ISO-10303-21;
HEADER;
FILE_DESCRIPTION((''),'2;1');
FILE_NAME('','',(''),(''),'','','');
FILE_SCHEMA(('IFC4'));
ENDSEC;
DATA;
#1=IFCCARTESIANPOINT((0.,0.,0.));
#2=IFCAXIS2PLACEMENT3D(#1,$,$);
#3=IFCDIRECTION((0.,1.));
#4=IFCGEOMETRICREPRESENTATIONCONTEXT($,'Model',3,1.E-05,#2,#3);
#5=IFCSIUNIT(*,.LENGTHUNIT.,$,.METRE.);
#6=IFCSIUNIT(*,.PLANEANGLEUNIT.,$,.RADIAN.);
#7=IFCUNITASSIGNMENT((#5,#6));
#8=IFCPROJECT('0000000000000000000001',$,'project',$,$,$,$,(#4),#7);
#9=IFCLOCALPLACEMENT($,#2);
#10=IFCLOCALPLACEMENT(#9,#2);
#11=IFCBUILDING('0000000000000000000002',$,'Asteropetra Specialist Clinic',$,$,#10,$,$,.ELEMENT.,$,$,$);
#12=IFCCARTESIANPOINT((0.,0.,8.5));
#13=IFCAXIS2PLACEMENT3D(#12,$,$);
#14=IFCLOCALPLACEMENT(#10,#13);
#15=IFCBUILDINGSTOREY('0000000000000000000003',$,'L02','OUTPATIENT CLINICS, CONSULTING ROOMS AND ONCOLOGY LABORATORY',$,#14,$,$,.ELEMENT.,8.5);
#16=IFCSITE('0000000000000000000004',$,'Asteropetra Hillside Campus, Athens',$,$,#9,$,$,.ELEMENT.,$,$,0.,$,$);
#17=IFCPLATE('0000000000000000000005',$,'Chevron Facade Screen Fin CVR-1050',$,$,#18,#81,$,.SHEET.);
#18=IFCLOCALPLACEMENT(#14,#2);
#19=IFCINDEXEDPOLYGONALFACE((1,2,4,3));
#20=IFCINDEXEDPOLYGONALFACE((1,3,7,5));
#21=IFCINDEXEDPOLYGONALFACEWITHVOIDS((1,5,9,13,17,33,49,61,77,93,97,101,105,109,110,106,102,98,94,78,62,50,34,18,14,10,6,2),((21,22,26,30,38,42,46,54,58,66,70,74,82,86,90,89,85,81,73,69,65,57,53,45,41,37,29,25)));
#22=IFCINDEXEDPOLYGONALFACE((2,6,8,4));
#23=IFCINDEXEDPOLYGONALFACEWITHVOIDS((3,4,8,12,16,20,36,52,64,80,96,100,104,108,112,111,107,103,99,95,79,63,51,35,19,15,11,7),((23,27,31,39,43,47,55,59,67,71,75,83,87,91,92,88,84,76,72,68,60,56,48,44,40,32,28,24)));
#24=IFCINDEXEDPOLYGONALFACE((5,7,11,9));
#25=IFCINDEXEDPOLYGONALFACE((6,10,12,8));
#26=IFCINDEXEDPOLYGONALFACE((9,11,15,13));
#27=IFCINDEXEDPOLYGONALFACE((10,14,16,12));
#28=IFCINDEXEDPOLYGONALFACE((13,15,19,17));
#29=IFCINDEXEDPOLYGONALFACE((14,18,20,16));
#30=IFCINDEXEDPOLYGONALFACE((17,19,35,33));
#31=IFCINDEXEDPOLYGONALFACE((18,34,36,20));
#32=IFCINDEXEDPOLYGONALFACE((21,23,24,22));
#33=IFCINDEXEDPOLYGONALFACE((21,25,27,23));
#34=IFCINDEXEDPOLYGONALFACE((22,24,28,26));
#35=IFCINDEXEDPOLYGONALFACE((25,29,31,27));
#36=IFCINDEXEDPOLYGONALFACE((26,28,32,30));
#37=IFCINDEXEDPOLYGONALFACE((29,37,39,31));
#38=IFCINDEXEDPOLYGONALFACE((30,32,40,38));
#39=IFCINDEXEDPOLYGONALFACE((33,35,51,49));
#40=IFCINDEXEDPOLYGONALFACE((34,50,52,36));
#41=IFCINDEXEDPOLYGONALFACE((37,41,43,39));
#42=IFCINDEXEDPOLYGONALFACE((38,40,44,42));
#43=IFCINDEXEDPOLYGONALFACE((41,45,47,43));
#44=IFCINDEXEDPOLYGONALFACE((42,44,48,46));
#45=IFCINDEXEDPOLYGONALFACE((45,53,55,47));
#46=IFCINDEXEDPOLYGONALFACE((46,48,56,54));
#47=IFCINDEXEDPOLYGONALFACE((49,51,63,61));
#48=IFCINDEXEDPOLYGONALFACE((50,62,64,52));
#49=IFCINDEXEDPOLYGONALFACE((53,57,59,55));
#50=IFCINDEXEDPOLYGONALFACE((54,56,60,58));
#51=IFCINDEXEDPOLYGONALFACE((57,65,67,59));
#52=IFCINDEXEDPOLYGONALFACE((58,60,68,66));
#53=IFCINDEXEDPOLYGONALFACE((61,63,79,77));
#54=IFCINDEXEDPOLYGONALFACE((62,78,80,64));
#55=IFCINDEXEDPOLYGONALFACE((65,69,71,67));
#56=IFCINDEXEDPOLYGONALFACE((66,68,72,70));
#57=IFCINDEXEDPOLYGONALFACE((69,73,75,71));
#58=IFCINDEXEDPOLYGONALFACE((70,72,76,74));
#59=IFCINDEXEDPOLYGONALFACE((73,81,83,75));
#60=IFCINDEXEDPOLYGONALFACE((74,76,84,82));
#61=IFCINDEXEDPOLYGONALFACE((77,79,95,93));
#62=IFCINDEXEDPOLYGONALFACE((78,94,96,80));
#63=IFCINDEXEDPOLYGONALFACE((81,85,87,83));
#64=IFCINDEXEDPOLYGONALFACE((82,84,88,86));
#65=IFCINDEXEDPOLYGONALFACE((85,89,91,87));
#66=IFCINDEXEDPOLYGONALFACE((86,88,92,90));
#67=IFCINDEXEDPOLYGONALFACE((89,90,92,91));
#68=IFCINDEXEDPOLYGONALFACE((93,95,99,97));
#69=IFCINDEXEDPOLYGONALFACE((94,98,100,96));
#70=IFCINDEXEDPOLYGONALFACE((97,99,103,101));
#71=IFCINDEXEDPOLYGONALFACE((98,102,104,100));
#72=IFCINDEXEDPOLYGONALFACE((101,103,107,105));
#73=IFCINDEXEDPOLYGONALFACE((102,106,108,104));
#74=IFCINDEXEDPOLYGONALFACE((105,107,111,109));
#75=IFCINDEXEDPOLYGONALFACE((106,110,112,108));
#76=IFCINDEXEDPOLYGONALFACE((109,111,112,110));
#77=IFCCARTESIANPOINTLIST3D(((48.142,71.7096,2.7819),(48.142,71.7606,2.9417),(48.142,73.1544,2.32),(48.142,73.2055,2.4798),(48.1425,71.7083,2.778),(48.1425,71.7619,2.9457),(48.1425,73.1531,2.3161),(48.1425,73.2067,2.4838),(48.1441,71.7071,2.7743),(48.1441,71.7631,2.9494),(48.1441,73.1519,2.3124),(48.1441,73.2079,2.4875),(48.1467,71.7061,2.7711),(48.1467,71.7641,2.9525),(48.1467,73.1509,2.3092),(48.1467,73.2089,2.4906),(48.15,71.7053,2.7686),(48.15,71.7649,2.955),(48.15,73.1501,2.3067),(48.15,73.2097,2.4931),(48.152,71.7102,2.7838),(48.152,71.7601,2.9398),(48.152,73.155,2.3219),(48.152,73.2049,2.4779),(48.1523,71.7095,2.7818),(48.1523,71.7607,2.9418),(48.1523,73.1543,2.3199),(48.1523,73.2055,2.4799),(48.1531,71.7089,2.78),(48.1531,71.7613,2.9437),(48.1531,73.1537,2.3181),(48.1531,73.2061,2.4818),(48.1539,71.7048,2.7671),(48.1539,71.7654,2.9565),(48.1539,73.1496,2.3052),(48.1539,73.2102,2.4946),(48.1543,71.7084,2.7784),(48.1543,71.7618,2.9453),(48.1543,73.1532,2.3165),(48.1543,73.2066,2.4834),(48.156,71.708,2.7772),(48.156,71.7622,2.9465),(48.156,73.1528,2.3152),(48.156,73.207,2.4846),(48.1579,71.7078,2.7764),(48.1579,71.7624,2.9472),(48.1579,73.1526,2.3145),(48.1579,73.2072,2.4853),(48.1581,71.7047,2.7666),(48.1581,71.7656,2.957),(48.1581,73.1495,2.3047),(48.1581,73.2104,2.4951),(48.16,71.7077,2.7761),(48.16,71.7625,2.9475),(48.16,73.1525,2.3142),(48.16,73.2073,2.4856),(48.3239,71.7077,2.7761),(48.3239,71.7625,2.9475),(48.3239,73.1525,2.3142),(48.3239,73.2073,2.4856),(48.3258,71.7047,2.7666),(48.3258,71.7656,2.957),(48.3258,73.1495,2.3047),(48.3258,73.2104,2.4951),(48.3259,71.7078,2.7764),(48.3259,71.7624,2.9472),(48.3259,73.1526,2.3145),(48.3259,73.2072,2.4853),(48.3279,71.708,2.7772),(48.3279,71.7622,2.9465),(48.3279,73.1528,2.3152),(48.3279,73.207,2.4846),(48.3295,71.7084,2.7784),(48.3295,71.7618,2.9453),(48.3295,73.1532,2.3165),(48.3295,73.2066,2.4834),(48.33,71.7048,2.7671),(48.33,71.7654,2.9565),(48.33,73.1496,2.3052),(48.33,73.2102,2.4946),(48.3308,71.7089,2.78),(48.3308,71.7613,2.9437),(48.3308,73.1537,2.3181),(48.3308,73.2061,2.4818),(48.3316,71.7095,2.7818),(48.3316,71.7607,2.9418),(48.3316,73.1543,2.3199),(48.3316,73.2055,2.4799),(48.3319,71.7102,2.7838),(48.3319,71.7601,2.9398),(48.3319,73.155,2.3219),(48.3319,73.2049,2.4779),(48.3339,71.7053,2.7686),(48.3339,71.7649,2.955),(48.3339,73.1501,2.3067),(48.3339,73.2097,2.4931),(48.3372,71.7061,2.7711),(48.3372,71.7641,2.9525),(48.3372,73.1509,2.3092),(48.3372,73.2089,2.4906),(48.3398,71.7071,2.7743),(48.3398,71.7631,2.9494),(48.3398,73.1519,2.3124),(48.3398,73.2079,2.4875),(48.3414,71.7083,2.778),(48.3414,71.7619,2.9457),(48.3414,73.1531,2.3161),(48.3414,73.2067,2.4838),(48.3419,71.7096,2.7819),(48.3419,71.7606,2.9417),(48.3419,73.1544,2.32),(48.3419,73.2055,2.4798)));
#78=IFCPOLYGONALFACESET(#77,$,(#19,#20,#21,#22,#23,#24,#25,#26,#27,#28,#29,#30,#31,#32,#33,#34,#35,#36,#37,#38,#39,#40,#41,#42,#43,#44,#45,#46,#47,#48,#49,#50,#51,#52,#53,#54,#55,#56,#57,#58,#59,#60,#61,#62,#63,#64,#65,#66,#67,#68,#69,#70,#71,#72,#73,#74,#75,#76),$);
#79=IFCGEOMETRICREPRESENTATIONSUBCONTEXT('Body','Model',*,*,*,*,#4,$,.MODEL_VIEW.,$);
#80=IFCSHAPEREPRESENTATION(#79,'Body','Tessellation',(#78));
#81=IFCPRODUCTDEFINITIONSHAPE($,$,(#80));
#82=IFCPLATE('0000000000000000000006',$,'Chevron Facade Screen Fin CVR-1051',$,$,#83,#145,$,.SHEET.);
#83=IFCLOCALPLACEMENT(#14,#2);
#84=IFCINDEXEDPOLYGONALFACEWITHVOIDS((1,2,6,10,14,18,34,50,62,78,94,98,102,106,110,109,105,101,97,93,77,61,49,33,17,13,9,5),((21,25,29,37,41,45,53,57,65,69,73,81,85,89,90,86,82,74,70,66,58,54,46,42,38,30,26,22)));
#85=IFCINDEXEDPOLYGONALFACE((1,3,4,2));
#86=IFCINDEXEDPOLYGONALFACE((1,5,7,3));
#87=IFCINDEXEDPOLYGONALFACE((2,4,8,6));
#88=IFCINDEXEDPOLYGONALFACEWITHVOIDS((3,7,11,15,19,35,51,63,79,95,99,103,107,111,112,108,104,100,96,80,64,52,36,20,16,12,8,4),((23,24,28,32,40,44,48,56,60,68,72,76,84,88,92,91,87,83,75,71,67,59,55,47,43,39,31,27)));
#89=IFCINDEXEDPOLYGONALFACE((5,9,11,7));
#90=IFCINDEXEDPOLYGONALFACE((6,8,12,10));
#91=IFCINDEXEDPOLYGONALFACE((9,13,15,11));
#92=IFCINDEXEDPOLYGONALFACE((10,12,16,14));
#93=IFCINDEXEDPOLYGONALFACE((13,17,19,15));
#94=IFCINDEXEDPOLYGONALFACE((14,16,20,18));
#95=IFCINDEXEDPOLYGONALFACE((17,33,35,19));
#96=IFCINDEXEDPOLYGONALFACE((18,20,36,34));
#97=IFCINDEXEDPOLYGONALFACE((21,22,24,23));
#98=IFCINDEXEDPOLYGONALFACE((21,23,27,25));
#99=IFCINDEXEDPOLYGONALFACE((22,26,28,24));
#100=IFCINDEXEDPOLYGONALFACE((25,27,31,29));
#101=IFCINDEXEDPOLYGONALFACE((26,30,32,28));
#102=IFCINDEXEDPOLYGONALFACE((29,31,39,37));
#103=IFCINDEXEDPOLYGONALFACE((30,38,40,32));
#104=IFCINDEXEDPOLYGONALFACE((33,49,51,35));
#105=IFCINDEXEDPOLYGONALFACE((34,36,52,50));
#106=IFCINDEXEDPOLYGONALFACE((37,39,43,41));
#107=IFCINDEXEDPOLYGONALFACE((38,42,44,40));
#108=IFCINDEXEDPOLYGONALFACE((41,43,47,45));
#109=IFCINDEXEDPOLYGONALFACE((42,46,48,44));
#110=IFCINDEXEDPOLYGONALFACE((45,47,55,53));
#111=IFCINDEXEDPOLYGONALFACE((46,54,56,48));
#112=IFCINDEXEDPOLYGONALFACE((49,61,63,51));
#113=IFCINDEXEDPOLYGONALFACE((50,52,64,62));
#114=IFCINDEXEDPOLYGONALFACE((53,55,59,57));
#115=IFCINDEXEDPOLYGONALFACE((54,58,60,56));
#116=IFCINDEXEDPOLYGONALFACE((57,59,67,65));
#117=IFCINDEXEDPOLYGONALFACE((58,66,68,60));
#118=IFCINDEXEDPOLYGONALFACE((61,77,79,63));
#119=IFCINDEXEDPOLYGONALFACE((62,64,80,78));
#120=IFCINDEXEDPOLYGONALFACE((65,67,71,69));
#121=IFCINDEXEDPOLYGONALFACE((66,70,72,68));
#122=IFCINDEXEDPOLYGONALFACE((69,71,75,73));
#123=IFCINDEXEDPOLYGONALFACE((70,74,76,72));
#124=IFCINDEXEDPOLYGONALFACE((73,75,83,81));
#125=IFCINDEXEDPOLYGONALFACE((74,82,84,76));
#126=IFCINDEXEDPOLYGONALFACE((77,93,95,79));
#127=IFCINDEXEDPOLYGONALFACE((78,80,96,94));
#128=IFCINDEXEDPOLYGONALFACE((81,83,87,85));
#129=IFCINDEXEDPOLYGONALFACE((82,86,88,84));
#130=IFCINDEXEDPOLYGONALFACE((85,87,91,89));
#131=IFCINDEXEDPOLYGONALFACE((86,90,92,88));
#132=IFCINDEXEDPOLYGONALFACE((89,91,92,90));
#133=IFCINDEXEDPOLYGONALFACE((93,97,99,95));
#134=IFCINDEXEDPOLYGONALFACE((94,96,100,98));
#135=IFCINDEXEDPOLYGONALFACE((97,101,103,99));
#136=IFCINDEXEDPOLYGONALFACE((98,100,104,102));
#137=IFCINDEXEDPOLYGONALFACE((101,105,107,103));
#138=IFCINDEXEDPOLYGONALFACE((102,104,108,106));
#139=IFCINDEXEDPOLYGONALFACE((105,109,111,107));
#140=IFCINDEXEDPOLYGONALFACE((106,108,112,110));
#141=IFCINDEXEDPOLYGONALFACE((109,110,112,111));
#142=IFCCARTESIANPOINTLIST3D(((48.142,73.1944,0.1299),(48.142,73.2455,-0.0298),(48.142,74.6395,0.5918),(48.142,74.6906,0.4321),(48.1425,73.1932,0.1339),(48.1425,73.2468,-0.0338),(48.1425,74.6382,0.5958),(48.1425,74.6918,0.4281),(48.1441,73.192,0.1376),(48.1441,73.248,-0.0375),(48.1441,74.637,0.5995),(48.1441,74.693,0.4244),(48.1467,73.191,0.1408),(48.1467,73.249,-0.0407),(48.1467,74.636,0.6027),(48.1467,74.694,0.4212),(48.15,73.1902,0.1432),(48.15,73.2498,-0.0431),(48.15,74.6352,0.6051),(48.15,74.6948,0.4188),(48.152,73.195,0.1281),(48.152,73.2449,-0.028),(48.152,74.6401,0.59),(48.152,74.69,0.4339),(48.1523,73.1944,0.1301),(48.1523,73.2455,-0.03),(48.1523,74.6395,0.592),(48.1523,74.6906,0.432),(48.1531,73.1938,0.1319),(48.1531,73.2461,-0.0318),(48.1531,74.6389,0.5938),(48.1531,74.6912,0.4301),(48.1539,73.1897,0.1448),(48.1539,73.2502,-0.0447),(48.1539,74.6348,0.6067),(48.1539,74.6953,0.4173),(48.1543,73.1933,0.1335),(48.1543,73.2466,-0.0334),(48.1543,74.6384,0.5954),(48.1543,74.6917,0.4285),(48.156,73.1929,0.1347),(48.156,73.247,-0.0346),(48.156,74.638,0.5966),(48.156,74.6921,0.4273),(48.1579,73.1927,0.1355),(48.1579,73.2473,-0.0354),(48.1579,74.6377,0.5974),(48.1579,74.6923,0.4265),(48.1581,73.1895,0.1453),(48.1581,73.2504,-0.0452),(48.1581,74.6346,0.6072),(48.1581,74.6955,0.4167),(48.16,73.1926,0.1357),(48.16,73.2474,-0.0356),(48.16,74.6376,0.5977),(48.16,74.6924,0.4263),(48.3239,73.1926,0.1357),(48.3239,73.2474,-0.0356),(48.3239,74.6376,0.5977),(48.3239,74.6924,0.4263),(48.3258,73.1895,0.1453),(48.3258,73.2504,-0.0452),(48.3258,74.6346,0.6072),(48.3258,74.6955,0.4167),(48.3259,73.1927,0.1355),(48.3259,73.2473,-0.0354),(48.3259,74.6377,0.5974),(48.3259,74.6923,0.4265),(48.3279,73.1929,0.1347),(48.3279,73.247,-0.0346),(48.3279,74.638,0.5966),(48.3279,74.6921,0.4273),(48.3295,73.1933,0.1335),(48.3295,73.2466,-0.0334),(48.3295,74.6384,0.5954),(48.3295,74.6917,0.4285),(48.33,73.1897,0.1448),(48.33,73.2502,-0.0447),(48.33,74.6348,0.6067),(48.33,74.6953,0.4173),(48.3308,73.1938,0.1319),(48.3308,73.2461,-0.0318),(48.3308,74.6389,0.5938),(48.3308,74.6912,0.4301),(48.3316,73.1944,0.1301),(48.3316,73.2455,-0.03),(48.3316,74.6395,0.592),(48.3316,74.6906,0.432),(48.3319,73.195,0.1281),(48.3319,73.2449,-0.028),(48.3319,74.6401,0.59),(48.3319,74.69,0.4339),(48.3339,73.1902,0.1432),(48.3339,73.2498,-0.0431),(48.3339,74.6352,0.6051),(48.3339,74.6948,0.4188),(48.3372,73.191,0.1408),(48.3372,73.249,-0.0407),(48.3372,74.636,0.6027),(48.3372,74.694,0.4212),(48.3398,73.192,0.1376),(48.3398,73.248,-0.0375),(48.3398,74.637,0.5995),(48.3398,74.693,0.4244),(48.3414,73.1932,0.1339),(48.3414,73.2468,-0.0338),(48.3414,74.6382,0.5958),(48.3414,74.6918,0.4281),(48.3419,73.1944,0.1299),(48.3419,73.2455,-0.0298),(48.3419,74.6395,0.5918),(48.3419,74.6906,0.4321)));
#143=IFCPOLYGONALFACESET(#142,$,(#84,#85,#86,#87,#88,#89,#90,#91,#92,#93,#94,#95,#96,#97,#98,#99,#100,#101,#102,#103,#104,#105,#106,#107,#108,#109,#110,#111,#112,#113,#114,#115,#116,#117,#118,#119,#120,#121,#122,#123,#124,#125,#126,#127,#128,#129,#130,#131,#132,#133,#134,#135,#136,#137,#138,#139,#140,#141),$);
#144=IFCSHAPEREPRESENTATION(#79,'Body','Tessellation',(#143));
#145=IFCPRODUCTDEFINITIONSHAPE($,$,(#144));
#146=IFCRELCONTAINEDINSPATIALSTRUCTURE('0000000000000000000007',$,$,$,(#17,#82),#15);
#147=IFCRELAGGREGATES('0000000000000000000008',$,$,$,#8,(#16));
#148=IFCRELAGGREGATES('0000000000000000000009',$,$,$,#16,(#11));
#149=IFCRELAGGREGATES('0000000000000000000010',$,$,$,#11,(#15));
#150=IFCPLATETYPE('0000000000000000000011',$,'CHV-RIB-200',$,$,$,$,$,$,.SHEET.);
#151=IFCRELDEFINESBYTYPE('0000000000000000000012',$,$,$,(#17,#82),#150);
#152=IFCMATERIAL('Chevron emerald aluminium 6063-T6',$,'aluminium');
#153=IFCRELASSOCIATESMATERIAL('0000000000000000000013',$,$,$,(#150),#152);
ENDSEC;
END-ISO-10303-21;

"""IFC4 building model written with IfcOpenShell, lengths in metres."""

from ifc_helpers import new_model, si_unit, direction, frame, origin, origin_2d, place, context, subcontext, project, spatial, hollow_rectangle, extrude, material, material_profile, profile_set, type_object, element, save


model = new_model("IFC4")

# Units and contexts
model_context = context("Model", 3, precision=1e-05, world=origin(), true_north=direction((0.0, 1.0)))
body_context = subcontext(model_context, "Body", "Model", "MODEL_VIEW")
ifc_project = project(units=[si_unit("LENGTHUNIT", "METRE"), si_unit("PLANEANGLEUNIT", "RADIAN")], contexts=[model_context])

# Site, building, storey
site_placement = place(None, origin())
site = spatial("IfcSite", under=ifc_project, at=site_placement, Name="Asteropetra Hillside Campus, Athens", CompositionType="ELEMENT", RefElevation=0.0)
building_placement = place(site_placement, origin())
building = spatial("IfcBuilding", under=site, at=building_placement, Name="Asteropetra Specialist Clinic", CompositionType="ELEMENT")
storey_placement = place(building_placement, frame((0.0, 0.0, 8.5)))
storey = spatial("IfcBuildingStorey", under=building, at=storey_placement, Name="L02", Description="OUTPATIENT CLINICS, CONSULTING ROOMS AND ONCOLOGY LABORATORY", CompositionType="ELEMENT", Elevation=8.5)

# Plates
ifc_material_1 = material(Name="Chevron emerald aluminium 6063-T6", Category="aluminium")
ifc_material_profile_1 = material_profile(ifc_material_1, hollow_rectangle(XDim=0.2, YDim=0.2, WallThickness=0.01, InnerFilletRadius=0.0081, OuterFilletRadius=0.0161, at=origin_2d()), Name="SHS 200x200x10.0")
ifc_profile_set_1 = profile_set([ifc_material_profile_1], Name="Chevron emerald aluminium 6063-T6")
plate_type_1 = type_object("IfcPlateType", Name="CHV-RIB-200", PredefinedType="SHEET", material=ifc_profile_set_1)
plate_1_placement = place(storey_placement, frame((48.2419, 71.7351, 2.8618), z_axis=(0.0, 0.952506, -0.304519), x_axis=(-1.0, 0.0, 0.0)))
element("IfcPlate", 1, at=plate_1_placement, inside=storey, type_object=plate_type_1, Name="Chevron Facade Screen Fin CVR-1050", PredefinedType="SHEET", context=body_context, shape_type="SweptSolid", body=[
    extrude(hollow_rectangle(XDim=0.2, YDim=0.2, WallThickness=0.01, InnerFilletRadius=0.0081, OuterFilletRadius=0.0161, at=origin_2d()), origin(), (0.0, 0.0, 1.0), 1.5168),
])
for number, where, z_axis, x_axis, name in (
    (2, (48.2419, 73.22, 0.05), (0.0, 0.952521, 0.304472), (-1.0, 0.0, 0.0), "Chevron Facade Screen Fin CVR-1051"),
):
    element("IfcPlate", number, at=place(storey_placement, frame(where, z_axis=z_axis, x_axis=x_axis)), inside=storey, type_object=plate_type_1, Name=name, PredefinedType="SHEET", context=body_context, shape_type="SweptSolid", body=[
        extrude(hollow_rectangle(XDim=0.2, YDim=0.2, WallThickness=0.01, InnerFilletRadius=0.0081, OuterFilletRadius=0.0161, at=origin_2d()), origin(), (0.0, 0.0, 1.0), 1.5171),
    ])

save(model, "model.ifc")
